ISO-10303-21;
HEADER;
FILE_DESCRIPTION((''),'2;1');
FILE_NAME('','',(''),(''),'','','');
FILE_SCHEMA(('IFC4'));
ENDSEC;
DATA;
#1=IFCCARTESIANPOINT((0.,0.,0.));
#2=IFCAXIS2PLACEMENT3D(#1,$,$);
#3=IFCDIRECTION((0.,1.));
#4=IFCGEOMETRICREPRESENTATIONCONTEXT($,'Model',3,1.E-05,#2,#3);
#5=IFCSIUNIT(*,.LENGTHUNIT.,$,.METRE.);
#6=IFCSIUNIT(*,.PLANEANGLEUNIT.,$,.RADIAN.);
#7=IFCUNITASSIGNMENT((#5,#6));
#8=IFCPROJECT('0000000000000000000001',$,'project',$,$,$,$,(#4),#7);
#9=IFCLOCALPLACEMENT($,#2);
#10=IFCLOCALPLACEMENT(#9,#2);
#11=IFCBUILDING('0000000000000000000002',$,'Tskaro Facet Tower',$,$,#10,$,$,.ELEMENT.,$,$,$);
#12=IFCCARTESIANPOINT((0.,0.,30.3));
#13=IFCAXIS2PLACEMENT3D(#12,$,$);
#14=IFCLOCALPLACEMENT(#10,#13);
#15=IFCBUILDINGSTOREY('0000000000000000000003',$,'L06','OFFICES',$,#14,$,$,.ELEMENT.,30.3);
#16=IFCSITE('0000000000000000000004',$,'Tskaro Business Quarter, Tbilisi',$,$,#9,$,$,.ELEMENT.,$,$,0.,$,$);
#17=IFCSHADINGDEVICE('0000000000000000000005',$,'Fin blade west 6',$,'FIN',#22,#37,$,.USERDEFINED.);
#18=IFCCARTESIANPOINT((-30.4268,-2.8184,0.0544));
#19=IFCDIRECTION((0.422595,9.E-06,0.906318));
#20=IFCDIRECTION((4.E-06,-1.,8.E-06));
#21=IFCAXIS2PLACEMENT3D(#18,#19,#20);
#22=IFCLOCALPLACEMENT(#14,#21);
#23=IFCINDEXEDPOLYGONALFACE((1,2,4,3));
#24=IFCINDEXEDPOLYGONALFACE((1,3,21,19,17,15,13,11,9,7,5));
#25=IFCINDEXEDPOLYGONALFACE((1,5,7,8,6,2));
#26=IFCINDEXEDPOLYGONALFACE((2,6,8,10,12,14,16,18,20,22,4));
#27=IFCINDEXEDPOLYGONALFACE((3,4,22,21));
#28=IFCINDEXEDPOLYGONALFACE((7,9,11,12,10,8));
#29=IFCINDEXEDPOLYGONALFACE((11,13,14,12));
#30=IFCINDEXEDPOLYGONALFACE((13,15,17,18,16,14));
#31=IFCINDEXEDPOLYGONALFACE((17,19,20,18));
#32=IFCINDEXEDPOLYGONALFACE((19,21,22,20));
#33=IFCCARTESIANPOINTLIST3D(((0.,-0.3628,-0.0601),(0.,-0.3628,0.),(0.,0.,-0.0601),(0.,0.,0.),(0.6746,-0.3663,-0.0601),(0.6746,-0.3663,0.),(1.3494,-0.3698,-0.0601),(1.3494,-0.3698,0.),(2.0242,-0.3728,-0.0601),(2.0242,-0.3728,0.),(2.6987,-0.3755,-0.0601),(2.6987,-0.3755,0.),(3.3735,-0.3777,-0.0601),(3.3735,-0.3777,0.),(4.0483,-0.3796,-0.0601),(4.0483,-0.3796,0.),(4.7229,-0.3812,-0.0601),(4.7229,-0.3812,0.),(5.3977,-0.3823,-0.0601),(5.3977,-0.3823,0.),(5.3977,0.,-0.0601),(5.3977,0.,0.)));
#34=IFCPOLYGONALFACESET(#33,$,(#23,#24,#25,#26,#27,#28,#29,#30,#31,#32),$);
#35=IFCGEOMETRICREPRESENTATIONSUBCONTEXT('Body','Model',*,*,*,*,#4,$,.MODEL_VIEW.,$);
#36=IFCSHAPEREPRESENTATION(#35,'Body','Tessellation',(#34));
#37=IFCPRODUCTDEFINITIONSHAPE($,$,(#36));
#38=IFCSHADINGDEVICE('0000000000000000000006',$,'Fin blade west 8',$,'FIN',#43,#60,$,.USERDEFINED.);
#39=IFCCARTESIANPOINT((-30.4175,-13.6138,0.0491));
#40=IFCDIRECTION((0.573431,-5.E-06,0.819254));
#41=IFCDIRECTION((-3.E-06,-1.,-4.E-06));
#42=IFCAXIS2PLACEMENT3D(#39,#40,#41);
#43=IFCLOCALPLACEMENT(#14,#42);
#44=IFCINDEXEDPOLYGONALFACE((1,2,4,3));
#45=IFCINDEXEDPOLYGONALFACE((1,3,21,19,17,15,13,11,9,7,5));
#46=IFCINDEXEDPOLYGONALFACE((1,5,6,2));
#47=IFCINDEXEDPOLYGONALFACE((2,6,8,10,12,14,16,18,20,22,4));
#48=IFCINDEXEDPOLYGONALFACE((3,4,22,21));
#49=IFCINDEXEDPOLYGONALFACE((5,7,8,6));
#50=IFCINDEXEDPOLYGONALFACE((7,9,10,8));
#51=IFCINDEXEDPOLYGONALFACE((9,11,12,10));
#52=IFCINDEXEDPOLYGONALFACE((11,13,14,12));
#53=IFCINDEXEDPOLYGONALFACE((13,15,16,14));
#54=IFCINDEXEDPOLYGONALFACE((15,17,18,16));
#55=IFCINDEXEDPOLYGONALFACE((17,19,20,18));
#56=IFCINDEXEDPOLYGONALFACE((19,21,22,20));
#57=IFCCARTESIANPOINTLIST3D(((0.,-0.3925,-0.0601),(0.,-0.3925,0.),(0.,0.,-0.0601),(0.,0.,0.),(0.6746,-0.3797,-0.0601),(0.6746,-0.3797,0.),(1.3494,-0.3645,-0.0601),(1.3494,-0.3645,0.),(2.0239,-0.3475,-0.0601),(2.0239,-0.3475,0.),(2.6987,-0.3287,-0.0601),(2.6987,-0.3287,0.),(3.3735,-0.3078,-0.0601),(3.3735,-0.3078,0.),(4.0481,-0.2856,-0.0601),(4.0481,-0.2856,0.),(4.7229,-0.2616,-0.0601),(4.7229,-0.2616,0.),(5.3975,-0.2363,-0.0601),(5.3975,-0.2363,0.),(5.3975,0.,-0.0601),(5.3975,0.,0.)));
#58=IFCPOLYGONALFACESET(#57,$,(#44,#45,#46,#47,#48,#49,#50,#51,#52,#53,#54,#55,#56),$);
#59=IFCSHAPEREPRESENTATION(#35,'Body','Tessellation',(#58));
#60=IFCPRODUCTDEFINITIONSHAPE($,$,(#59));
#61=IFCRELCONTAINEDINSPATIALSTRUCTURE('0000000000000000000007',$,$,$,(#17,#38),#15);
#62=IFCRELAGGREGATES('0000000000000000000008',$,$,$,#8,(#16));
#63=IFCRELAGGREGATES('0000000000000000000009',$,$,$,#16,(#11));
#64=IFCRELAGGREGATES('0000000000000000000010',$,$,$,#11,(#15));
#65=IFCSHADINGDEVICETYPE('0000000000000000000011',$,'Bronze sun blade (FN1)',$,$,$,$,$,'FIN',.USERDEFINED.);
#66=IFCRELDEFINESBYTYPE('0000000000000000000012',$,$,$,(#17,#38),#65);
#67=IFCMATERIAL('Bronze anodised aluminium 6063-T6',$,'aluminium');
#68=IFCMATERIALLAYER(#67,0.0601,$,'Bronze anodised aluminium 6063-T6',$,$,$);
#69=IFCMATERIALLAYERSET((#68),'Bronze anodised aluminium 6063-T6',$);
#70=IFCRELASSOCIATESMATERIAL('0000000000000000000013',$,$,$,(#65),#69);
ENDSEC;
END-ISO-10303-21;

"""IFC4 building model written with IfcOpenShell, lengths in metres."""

from ifc_helpers import new_model, si_unit, direction, frame, origin, place, context, subcontext, project, spatial, polyline, outline, extrude, material, layer, layer_set, type_object, element, save


model = new_model("IFC4")

# Units and contexts
model_context = context("Model", 3, precision=1e-05, world=origin(), true_north=direction((0.0, 1.0)))
body_context = subcontext(model_context, "Body", "Model", "MODEL_VIEW")
ifc_project = project(units=[si_unit("LENGTHUNIT", "METRE"), si_unit("PLANEANGLEUNIT", "RADIAN")], contexts=[model_context])

# Site, building, storey
site_placement = place(None, origin())
site = spatial("IfcSite", under=ifc_project, at=site_placement, Name="Tskaro Business Quarter, Tbilisi", CompositionType="ELEMENT", RefElevation=0.0)
building_placement = place(site_placement, origin())
building = spatial("IfcBuilding", under=site, at=building_placement, Name="Tskaro Facet Tower", CompositionType="ELEMENT")
storey_placement = place(building_placement, frame((0.0, 0.0, 30.3)))
storey = spatial("IfcBuildingStorey", under=building, at=storey_placement, Name="L06", Description="OFFICES", CompositionType="ELEMENT", Elevation=30.3)

# Shared definitions
ifc_material_1 = material(Name="Bronze anodised aluminium 6063-T6", Category="aluminium")

# Shading devices
ifc_layer_1 = layer(ifc_material_1, 0.0601, Name="Bronze anodised aluminium 6063-T6")
ifc_layer_set_1 = layer_set([ifc_layer_1], Name="Bronze anodised aluminium 6063-T6")
shading_device_type = type_object("IfcShadingDeviceType", Name="Bronze sun blade (FN1)", ElementType="FIN", PredefinedType="USERDEFINED", material=ifc_layer_set_1)
shading_device_1_placement = place(storey_placement, frame((-30.4268, -2.8184, 0.0544), z_axis=(0.422595, 0.000009, 0.906318), x_axis=(0.000004, -1.0, 0.000008)))
element("IfcShadingDevice", 1, at=shading_device_1_placement, inside=storey, type_object=shading_device_type, Name="Fin blade west 6", ObjectType="FIN", PredefinedType="USERDEFINED", context=body_context, shape_type="SweptSolid", body=[
    extrude(outline(polyline([(0.0, 0.0), (5.3977, 0.0), (5.3977, -0.3823), (4.7229, -0.3812), (4.0483, -0.3796), (3.3735, -0.3777), (2.6987, -0.3755), (2.0242, -0.3728), (1.3494, -0.3698), (0.6746, -0.3663), (0.0, -0.3628), (0.0, 0.0)])), origin(), (0.0, 0.0, -1.0), 0.0601),
])
shading_device_2_placement = place(storey_placement, frame((-30.4175, -13.6138, 0.0491), z_axis=(0.573431, -0.000005, 0.819254), x_axis=(-0.000003, -1.0, -0.000004)))
element("IfcShadingDevice", 2, at=shading_device_2_placement, inside=storey, type_object=shading_device_type, Name="Fin blade west 8", ObjectType="FIN", PredefinedType="USERDEFINED", context=body_context, shape_type="SweptSolid", body=[
    extrude(outline(polyline([(0.0, 0.0), (5.3975, 0.0), (5.3975, -0.2363), (4.7229, -0.2616), (4.0481, -0.2856), (3.3735, -0.3078), (2.6987, -0.3287), (2.0239, -0.3475), (1.3494, -0.3645), (0.6746, -0.3797), (0.0, -0.3925), (0.0, 0.0)])), origin(), (0.0, 0.0, -1.0), 0.0601),
])

save(model, "model.ifc")
